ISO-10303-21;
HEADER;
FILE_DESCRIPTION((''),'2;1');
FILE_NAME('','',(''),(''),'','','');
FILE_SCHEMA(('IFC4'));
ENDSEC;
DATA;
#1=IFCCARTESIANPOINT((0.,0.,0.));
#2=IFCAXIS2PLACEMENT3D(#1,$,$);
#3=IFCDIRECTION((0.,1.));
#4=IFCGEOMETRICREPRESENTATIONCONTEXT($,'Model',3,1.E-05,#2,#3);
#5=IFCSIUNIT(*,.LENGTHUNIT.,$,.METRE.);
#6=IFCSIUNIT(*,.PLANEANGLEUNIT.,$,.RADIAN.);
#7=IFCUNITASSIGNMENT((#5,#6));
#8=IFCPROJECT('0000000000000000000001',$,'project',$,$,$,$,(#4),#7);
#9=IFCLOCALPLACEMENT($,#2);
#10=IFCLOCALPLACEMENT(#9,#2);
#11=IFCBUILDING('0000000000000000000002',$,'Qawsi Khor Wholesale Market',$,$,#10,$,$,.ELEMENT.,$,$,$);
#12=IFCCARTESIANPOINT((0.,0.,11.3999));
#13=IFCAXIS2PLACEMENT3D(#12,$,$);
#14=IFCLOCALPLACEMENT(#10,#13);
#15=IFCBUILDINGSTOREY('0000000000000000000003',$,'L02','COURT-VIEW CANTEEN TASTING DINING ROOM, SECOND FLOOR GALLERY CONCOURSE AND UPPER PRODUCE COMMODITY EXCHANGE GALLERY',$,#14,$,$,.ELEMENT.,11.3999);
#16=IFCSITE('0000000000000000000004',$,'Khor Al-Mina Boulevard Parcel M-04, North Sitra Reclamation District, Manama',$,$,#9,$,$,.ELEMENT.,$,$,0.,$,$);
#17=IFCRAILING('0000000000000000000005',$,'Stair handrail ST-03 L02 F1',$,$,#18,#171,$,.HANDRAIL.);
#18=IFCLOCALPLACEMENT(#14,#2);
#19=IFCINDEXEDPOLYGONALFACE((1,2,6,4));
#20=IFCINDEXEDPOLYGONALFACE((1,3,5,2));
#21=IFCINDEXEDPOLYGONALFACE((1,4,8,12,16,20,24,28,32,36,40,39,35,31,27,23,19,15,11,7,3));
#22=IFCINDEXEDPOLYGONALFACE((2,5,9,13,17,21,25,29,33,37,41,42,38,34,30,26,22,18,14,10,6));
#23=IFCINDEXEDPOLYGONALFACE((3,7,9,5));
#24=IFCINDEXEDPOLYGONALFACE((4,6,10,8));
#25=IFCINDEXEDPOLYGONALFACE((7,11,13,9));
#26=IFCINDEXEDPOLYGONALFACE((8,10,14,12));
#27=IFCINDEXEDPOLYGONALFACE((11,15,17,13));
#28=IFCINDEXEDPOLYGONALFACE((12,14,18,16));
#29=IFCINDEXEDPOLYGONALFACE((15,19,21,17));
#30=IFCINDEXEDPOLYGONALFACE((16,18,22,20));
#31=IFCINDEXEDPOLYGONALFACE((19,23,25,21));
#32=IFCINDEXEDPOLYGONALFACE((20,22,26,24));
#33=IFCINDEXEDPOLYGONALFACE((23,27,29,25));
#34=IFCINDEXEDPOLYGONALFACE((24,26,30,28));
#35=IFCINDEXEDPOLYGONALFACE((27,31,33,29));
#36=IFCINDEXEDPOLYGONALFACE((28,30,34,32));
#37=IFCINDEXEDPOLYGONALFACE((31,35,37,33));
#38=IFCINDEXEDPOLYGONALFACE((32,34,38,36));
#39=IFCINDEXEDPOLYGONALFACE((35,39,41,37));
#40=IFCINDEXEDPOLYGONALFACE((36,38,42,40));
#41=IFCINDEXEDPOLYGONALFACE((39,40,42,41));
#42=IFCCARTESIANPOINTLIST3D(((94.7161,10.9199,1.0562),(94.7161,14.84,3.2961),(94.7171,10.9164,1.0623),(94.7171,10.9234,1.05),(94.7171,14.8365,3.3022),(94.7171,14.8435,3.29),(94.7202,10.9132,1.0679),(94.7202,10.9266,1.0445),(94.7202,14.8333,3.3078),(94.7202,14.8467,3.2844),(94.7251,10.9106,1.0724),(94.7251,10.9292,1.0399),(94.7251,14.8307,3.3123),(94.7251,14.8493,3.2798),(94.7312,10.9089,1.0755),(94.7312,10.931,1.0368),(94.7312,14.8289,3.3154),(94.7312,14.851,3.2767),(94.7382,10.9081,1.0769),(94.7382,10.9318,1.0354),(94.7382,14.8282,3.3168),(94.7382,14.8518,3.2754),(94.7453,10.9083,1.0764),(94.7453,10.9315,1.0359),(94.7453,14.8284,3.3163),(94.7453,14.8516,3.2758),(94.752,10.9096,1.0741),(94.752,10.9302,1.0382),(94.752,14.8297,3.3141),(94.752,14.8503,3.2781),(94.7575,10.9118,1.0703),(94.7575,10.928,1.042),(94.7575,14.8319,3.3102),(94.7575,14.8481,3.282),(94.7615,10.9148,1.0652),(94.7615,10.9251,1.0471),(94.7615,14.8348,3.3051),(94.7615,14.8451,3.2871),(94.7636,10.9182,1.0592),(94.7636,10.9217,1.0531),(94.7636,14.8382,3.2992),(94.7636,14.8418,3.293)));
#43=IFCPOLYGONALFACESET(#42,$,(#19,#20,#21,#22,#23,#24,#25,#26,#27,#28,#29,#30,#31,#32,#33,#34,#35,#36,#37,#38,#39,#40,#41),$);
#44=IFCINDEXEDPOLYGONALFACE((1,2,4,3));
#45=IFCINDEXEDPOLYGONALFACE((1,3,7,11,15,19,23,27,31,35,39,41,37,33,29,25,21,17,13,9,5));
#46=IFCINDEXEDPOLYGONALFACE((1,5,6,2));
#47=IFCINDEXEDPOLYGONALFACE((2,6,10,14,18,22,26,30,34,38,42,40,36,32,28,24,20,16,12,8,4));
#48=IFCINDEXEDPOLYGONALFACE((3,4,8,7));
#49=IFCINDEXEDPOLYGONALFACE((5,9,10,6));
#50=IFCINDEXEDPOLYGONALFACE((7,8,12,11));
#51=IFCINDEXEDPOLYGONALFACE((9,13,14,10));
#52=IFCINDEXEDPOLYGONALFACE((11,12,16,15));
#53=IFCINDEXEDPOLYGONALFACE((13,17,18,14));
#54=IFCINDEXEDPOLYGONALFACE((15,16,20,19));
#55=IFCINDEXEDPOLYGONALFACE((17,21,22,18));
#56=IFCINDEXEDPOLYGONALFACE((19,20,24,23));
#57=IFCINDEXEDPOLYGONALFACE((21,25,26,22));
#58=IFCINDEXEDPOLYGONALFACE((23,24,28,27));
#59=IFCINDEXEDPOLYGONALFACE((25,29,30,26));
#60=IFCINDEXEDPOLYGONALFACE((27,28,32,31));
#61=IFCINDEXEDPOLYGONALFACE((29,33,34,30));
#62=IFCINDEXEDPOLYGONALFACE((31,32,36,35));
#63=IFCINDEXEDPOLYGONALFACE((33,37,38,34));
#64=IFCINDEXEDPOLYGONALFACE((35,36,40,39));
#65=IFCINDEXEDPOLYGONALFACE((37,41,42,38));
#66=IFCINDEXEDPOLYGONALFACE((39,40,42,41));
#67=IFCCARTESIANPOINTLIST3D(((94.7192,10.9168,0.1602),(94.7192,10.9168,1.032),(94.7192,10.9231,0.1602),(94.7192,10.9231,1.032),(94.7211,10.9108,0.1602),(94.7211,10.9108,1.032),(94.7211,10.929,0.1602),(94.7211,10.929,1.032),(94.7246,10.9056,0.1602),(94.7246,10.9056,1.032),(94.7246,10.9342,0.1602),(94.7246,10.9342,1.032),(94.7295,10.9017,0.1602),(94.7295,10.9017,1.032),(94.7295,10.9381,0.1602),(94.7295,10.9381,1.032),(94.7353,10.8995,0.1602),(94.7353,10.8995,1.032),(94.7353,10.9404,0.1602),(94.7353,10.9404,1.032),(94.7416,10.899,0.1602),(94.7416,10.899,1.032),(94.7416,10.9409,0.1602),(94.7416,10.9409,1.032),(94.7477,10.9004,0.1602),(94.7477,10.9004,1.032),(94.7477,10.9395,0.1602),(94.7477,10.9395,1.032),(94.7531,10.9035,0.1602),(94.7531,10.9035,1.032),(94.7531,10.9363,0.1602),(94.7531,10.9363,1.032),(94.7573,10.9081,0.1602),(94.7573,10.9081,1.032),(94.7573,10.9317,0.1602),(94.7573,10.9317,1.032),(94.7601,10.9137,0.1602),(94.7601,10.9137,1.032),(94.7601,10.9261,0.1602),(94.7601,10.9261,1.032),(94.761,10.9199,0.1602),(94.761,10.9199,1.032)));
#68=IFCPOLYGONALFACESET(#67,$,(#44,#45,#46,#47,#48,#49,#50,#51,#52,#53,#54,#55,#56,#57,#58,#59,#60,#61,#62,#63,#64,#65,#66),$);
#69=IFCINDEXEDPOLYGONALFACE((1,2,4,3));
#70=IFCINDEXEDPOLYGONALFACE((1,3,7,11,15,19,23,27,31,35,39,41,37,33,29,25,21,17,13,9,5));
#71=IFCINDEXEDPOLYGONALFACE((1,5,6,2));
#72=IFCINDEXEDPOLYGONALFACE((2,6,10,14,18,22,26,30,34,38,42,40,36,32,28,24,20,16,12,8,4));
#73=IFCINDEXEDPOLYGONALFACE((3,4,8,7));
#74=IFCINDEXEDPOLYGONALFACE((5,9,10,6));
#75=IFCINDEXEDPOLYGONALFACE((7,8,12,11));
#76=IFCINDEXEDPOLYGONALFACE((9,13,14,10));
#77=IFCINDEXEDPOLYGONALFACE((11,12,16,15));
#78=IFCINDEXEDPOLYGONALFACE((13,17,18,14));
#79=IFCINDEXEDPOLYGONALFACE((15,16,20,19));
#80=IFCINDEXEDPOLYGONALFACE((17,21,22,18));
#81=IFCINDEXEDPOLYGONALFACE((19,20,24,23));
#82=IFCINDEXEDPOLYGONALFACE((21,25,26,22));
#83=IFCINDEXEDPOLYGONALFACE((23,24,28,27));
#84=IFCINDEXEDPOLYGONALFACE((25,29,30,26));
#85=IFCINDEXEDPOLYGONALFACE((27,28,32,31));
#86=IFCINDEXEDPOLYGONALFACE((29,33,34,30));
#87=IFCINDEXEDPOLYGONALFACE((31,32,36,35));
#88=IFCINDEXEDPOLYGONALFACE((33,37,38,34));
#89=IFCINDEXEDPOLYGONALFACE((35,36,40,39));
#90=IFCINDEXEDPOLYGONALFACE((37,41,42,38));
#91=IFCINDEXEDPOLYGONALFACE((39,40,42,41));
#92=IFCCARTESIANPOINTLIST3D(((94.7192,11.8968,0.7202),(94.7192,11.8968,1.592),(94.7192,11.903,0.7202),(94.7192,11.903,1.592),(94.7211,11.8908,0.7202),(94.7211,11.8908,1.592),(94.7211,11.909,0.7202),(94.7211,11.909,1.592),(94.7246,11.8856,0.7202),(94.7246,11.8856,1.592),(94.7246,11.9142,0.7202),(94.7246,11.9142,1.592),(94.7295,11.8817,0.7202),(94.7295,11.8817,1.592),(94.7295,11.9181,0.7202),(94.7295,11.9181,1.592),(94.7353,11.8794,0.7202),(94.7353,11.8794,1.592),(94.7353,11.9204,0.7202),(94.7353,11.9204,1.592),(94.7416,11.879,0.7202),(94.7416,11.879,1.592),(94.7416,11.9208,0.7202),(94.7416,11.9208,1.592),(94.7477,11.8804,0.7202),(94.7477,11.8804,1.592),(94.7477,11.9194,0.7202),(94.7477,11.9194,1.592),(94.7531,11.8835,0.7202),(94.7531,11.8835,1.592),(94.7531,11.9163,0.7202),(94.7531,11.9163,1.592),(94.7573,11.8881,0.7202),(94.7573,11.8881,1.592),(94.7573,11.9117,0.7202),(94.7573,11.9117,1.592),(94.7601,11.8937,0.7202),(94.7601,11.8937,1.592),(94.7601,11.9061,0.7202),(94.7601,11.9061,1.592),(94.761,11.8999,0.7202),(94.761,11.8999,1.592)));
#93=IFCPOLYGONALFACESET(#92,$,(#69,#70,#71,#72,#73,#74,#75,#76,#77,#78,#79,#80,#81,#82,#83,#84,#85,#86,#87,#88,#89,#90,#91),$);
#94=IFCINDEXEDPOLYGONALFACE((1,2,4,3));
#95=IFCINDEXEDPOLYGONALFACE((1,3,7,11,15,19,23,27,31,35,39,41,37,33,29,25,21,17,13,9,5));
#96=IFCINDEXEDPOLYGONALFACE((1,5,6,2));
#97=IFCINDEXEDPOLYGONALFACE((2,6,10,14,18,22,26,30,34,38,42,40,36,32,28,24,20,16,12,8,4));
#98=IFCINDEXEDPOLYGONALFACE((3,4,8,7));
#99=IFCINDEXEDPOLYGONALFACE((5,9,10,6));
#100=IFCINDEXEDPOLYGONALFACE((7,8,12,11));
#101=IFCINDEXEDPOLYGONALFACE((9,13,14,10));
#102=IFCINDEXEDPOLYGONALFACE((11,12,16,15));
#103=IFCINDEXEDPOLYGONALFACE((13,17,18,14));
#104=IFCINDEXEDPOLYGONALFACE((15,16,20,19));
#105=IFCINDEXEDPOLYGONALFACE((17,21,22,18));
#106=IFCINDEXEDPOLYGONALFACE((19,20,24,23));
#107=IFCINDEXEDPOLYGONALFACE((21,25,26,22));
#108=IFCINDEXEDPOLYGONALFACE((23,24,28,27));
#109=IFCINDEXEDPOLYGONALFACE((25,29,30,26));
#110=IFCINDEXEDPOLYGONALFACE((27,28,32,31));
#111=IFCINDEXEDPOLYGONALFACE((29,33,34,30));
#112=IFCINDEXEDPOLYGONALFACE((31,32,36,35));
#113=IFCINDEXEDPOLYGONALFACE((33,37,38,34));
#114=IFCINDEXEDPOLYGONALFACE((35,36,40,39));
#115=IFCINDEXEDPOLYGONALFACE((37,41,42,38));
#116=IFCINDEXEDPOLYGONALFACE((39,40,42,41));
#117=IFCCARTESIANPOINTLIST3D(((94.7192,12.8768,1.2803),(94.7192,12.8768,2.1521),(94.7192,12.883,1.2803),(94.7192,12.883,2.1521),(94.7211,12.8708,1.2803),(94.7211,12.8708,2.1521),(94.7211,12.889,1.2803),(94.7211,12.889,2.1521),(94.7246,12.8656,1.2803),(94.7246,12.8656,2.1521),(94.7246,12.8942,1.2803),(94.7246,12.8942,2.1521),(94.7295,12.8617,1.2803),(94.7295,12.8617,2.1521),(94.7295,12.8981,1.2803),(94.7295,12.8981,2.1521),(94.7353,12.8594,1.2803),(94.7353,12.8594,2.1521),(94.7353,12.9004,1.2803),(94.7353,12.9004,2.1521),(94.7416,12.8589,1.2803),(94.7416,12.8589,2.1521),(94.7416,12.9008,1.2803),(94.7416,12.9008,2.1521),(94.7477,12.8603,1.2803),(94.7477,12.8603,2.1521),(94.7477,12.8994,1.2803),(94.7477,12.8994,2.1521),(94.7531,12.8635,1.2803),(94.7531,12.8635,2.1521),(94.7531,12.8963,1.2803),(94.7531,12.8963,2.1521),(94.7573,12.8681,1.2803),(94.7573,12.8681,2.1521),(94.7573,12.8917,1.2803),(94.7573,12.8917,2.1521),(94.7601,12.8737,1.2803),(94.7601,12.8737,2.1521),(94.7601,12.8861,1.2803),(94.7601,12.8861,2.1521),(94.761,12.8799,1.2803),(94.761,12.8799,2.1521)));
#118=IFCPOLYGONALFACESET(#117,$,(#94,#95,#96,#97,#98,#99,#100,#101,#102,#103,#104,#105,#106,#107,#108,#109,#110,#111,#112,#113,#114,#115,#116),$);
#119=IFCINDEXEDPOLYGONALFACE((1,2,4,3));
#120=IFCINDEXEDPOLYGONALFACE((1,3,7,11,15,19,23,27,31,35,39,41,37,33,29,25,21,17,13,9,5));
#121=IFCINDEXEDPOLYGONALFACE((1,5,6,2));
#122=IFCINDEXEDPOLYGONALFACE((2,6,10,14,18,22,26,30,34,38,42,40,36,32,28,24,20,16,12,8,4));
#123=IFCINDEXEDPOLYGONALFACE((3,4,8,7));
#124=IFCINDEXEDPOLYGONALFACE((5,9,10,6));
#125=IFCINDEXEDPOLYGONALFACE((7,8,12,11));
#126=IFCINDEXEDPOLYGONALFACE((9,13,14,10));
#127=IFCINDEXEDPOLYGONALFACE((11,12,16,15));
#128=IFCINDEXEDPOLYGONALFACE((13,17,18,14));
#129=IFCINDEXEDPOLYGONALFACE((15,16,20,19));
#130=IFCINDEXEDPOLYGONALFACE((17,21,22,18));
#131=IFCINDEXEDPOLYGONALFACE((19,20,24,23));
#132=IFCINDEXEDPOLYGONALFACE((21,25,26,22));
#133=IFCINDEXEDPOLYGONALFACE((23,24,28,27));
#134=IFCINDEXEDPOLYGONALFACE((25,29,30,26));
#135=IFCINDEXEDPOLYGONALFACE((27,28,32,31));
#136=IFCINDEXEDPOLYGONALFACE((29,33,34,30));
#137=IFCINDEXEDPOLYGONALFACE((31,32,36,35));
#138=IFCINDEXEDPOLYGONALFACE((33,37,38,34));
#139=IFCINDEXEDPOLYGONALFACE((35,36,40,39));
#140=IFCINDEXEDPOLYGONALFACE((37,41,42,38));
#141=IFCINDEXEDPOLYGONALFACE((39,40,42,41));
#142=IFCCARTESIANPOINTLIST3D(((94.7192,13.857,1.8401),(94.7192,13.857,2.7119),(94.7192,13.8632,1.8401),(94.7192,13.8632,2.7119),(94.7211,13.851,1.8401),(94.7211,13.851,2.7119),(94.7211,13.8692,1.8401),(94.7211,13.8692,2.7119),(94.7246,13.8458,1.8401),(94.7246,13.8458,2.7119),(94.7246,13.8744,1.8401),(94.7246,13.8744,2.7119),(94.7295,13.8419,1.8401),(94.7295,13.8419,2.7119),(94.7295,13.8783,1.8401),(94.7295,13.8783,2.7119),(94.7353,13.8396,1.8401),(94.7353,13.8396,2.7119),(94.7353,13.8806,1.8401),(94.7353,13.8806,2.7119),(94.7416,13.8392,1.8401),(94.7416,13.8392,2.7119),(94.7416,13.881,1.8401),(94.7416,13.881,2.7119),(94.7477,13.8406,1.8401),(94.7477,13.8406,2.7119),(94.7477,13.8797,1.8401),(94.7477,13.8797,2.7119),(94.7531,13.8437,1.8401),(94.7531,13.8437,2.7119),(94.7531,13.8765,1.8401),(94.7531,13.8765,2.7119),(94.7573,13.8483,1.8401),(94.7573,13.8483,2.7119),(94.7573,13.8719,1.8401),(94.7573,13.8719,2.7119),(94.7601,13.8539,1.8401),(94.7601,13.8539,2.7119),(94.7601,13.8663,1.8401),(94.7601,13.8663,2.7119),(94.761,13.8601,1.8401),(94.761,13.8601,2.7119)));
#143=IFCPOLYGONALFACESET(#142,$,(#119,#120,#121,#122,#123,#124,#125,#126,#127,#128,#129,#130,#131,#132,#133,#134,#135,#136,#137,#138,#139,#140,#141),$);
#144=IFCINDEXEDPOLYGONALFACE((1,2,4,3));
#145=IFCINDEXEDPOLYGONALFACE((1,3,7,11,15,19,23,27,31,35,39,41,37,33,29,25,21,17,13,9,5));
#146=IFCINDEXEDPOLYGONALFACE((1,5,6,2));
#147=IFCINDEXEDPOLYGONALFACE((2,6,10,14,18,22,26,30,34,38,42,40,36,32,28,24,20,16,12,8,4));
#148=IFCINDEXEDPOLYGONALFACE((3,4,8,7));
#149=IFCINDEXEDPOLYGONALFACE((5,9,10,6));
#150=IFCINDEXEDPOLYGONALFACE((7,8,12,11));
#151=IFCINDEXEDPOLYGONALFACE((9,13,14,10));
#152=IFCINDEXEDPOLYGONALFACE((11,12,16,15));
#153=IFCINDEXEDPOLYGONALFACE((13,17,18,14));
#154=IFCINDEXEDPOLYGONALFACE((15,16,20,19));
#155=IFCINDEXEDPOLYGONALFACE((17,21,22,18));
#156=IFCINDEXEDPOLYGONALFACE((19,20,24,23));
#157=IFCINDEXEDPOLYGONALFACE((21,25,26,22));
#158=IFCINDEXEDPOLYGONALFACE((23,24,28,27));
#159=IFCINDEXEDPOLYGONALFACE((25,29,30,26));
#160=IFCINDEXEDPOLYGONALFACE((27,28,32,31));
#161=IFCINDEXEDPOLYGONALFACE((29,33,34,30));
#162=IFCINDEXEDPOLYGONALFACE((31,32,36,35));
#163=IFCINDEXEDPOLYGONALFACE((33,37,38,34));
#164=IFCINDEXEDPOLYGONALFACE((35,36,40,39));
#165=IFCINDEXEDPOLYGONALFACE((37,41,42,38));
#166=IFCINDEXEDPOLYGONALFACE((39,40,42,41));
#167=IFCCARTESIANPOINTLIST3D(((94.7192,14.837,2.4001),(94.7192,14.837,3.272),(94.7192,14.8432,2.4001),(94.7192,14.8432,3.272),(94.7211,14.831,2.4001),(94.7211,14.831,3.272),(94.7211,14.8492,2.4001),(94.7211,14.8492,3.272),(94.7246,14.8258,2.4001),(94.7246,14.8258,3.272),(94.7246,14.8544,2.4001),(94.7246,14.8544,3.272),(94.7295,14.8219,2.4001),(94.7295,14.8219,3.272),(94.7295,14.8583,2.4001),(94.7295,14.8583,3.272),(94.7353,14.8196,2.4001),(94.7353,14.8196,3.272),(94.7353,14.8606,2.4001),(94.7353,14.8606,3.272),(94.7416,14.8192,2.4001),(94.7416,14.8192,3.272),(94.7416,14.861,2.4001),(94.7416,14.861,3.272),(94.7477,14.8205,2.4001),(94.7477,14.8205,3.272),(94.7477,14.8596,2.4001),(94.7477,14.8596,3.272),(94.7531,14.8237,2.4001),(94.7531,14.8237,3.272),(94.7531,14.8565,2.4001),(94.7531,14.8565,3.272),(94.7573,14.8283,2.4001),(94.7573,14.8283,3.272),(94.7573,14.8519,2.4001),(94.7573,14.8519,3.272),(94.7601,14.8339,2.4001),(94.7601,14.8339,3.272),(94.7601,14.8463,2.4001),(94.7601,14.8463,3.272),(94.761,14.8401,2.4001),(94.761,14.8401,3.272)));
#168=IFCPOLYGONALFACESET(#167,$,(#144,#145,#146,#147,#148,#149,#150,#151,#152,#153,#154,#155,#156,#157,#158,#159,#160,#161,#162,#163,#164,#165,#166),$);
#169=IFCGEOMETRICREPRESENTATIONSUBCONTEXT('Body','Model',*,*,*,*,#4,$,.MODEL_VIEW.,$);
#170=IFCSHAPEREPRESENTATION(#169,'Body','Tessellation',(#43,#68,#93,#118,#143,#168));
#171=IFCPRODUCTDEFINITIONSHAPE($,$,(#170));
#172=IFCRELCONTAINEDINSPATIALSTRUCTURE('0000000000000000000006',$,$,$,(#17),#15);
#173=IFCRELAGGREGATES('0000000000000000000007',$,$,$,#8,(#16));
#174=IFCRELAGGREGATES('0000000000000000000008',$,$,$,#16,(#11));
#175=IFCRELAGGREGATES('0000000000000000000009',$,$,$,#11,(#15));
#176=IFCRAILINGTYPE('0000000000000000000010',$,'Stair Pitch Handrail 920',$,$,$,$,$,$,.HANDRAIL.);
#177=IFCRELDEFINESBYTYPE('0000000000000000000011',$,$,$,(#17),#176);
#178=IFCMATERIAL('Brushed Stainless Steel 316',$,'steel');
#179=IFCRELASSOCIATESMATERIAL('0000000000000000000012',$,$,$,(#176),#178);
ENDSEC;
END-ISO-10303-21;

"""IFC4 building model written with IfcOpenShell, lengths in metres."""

from ifc_helpers import new_model, si_unit, direction, frame, origin, origin_2d, place, context, subcontext, project, spatial, circle, extrude, material, type_object, element, save


model = new_model("IFC4")

# Units and contexts
model_context = context("Model", 3, precision=1e-05, world=origin(), true_north=direction((0.0, 1.0)))
body_context = subcontext(model_context, "Body", "Model", "MODEL_VIEW")
ifc_project = project(units=[si_unit("LENGTHUNIT", "METRE"), si_unit("PLANEANGLEUNIT", "RADIAN")], contexts=[model_context])

# Site, building, storey
site_placement = place(None, origin())
site = spatial("IfcSite", under=ifc_project, at=site_placement, Name="Khor Al-Mina Boulevard Parcel M-04, North Sitra Reclamation District, Manama", CompositionType="ELEMENT", RefElevation=0.0)
building_placement = place(site_placement, origin())
building = spatial("IfcBuilding", under=site, at=building_placement, Name="Qawsi Khor Wholesale Market", CompositionType="ELEMENT")
storey_placement = place(building_placement, frame((0.0, 0.0, 11.3999)))
storey = spatial("IfcBuildingStorey", under=building, at=storey_placement, Name="L02", Description="COURT-VIEW CANTEEN TASTING DINING ROOM, SECOND FLOOR GALLERY CONCOURSE AND UPPER PRODUCE COMMODITY EXCHANGE GALLERY", CompositionType="ELEMENT", Elevation=11.3999)

# Railing
ifc_material_1 = material(Name="Brushed Stainless Steel 316", Category="steel")
railing_type = type_object("IfcRailingType", Name="Stair Pitch Handrail 920", PredefinedType="HANDRAIL", material=ifc_material_1)
railing_1_placement = place(storey_placement, frame((94.74, 10.9199, 0.1602)))
element("IfcRailing", 1, at=railing_1_placement, inside=storey, type_object=railing_type, Name="Stair handrail ST-03 L02 F1", PredefinedType="HANDRAIL", context=body_context, shape_type="SweptSolid", body=[
    extrude(circle(Radius=0.0239, at=origin_2d()), frame((0.0, 0.0, 0.896), z_axis=(0.0, 0.868253, 0.496121), x_axis=(-1.0, 0.0, 0.0)), (0.0, 0.0, 1.0), 4.5149),
    extrude(circle(Radius=0.021, at=origin_2d()), origin(), (0.0, 0.0, 1.0), 0.8718),
    extrude(circle(Radius=0.021, at=origin_2d()), frame((0.0, 0.98, 0.5601)), (0.0, 0.0, 1.0), 0.8718),
    extrude(circle(Radius=0.021, at=origin_2d()), frame((0.0, 1.96, 1.1201)), (0.0, 0.0, 1.0), 0.8718),
    extrude(circle(Radius=0.021, at=origin_2d()), frame((0.0, 2.9402, 1.6799)), (0.0, 0.0, 1.0), 0.8718),
    extrude(circle(Radius=0.021, at=origin_2d()), frame((0.0, 3.9202, 2.24)), (0.0, 0.0, 1.0), 0.8718),
])

save(model, "model.ifc")
